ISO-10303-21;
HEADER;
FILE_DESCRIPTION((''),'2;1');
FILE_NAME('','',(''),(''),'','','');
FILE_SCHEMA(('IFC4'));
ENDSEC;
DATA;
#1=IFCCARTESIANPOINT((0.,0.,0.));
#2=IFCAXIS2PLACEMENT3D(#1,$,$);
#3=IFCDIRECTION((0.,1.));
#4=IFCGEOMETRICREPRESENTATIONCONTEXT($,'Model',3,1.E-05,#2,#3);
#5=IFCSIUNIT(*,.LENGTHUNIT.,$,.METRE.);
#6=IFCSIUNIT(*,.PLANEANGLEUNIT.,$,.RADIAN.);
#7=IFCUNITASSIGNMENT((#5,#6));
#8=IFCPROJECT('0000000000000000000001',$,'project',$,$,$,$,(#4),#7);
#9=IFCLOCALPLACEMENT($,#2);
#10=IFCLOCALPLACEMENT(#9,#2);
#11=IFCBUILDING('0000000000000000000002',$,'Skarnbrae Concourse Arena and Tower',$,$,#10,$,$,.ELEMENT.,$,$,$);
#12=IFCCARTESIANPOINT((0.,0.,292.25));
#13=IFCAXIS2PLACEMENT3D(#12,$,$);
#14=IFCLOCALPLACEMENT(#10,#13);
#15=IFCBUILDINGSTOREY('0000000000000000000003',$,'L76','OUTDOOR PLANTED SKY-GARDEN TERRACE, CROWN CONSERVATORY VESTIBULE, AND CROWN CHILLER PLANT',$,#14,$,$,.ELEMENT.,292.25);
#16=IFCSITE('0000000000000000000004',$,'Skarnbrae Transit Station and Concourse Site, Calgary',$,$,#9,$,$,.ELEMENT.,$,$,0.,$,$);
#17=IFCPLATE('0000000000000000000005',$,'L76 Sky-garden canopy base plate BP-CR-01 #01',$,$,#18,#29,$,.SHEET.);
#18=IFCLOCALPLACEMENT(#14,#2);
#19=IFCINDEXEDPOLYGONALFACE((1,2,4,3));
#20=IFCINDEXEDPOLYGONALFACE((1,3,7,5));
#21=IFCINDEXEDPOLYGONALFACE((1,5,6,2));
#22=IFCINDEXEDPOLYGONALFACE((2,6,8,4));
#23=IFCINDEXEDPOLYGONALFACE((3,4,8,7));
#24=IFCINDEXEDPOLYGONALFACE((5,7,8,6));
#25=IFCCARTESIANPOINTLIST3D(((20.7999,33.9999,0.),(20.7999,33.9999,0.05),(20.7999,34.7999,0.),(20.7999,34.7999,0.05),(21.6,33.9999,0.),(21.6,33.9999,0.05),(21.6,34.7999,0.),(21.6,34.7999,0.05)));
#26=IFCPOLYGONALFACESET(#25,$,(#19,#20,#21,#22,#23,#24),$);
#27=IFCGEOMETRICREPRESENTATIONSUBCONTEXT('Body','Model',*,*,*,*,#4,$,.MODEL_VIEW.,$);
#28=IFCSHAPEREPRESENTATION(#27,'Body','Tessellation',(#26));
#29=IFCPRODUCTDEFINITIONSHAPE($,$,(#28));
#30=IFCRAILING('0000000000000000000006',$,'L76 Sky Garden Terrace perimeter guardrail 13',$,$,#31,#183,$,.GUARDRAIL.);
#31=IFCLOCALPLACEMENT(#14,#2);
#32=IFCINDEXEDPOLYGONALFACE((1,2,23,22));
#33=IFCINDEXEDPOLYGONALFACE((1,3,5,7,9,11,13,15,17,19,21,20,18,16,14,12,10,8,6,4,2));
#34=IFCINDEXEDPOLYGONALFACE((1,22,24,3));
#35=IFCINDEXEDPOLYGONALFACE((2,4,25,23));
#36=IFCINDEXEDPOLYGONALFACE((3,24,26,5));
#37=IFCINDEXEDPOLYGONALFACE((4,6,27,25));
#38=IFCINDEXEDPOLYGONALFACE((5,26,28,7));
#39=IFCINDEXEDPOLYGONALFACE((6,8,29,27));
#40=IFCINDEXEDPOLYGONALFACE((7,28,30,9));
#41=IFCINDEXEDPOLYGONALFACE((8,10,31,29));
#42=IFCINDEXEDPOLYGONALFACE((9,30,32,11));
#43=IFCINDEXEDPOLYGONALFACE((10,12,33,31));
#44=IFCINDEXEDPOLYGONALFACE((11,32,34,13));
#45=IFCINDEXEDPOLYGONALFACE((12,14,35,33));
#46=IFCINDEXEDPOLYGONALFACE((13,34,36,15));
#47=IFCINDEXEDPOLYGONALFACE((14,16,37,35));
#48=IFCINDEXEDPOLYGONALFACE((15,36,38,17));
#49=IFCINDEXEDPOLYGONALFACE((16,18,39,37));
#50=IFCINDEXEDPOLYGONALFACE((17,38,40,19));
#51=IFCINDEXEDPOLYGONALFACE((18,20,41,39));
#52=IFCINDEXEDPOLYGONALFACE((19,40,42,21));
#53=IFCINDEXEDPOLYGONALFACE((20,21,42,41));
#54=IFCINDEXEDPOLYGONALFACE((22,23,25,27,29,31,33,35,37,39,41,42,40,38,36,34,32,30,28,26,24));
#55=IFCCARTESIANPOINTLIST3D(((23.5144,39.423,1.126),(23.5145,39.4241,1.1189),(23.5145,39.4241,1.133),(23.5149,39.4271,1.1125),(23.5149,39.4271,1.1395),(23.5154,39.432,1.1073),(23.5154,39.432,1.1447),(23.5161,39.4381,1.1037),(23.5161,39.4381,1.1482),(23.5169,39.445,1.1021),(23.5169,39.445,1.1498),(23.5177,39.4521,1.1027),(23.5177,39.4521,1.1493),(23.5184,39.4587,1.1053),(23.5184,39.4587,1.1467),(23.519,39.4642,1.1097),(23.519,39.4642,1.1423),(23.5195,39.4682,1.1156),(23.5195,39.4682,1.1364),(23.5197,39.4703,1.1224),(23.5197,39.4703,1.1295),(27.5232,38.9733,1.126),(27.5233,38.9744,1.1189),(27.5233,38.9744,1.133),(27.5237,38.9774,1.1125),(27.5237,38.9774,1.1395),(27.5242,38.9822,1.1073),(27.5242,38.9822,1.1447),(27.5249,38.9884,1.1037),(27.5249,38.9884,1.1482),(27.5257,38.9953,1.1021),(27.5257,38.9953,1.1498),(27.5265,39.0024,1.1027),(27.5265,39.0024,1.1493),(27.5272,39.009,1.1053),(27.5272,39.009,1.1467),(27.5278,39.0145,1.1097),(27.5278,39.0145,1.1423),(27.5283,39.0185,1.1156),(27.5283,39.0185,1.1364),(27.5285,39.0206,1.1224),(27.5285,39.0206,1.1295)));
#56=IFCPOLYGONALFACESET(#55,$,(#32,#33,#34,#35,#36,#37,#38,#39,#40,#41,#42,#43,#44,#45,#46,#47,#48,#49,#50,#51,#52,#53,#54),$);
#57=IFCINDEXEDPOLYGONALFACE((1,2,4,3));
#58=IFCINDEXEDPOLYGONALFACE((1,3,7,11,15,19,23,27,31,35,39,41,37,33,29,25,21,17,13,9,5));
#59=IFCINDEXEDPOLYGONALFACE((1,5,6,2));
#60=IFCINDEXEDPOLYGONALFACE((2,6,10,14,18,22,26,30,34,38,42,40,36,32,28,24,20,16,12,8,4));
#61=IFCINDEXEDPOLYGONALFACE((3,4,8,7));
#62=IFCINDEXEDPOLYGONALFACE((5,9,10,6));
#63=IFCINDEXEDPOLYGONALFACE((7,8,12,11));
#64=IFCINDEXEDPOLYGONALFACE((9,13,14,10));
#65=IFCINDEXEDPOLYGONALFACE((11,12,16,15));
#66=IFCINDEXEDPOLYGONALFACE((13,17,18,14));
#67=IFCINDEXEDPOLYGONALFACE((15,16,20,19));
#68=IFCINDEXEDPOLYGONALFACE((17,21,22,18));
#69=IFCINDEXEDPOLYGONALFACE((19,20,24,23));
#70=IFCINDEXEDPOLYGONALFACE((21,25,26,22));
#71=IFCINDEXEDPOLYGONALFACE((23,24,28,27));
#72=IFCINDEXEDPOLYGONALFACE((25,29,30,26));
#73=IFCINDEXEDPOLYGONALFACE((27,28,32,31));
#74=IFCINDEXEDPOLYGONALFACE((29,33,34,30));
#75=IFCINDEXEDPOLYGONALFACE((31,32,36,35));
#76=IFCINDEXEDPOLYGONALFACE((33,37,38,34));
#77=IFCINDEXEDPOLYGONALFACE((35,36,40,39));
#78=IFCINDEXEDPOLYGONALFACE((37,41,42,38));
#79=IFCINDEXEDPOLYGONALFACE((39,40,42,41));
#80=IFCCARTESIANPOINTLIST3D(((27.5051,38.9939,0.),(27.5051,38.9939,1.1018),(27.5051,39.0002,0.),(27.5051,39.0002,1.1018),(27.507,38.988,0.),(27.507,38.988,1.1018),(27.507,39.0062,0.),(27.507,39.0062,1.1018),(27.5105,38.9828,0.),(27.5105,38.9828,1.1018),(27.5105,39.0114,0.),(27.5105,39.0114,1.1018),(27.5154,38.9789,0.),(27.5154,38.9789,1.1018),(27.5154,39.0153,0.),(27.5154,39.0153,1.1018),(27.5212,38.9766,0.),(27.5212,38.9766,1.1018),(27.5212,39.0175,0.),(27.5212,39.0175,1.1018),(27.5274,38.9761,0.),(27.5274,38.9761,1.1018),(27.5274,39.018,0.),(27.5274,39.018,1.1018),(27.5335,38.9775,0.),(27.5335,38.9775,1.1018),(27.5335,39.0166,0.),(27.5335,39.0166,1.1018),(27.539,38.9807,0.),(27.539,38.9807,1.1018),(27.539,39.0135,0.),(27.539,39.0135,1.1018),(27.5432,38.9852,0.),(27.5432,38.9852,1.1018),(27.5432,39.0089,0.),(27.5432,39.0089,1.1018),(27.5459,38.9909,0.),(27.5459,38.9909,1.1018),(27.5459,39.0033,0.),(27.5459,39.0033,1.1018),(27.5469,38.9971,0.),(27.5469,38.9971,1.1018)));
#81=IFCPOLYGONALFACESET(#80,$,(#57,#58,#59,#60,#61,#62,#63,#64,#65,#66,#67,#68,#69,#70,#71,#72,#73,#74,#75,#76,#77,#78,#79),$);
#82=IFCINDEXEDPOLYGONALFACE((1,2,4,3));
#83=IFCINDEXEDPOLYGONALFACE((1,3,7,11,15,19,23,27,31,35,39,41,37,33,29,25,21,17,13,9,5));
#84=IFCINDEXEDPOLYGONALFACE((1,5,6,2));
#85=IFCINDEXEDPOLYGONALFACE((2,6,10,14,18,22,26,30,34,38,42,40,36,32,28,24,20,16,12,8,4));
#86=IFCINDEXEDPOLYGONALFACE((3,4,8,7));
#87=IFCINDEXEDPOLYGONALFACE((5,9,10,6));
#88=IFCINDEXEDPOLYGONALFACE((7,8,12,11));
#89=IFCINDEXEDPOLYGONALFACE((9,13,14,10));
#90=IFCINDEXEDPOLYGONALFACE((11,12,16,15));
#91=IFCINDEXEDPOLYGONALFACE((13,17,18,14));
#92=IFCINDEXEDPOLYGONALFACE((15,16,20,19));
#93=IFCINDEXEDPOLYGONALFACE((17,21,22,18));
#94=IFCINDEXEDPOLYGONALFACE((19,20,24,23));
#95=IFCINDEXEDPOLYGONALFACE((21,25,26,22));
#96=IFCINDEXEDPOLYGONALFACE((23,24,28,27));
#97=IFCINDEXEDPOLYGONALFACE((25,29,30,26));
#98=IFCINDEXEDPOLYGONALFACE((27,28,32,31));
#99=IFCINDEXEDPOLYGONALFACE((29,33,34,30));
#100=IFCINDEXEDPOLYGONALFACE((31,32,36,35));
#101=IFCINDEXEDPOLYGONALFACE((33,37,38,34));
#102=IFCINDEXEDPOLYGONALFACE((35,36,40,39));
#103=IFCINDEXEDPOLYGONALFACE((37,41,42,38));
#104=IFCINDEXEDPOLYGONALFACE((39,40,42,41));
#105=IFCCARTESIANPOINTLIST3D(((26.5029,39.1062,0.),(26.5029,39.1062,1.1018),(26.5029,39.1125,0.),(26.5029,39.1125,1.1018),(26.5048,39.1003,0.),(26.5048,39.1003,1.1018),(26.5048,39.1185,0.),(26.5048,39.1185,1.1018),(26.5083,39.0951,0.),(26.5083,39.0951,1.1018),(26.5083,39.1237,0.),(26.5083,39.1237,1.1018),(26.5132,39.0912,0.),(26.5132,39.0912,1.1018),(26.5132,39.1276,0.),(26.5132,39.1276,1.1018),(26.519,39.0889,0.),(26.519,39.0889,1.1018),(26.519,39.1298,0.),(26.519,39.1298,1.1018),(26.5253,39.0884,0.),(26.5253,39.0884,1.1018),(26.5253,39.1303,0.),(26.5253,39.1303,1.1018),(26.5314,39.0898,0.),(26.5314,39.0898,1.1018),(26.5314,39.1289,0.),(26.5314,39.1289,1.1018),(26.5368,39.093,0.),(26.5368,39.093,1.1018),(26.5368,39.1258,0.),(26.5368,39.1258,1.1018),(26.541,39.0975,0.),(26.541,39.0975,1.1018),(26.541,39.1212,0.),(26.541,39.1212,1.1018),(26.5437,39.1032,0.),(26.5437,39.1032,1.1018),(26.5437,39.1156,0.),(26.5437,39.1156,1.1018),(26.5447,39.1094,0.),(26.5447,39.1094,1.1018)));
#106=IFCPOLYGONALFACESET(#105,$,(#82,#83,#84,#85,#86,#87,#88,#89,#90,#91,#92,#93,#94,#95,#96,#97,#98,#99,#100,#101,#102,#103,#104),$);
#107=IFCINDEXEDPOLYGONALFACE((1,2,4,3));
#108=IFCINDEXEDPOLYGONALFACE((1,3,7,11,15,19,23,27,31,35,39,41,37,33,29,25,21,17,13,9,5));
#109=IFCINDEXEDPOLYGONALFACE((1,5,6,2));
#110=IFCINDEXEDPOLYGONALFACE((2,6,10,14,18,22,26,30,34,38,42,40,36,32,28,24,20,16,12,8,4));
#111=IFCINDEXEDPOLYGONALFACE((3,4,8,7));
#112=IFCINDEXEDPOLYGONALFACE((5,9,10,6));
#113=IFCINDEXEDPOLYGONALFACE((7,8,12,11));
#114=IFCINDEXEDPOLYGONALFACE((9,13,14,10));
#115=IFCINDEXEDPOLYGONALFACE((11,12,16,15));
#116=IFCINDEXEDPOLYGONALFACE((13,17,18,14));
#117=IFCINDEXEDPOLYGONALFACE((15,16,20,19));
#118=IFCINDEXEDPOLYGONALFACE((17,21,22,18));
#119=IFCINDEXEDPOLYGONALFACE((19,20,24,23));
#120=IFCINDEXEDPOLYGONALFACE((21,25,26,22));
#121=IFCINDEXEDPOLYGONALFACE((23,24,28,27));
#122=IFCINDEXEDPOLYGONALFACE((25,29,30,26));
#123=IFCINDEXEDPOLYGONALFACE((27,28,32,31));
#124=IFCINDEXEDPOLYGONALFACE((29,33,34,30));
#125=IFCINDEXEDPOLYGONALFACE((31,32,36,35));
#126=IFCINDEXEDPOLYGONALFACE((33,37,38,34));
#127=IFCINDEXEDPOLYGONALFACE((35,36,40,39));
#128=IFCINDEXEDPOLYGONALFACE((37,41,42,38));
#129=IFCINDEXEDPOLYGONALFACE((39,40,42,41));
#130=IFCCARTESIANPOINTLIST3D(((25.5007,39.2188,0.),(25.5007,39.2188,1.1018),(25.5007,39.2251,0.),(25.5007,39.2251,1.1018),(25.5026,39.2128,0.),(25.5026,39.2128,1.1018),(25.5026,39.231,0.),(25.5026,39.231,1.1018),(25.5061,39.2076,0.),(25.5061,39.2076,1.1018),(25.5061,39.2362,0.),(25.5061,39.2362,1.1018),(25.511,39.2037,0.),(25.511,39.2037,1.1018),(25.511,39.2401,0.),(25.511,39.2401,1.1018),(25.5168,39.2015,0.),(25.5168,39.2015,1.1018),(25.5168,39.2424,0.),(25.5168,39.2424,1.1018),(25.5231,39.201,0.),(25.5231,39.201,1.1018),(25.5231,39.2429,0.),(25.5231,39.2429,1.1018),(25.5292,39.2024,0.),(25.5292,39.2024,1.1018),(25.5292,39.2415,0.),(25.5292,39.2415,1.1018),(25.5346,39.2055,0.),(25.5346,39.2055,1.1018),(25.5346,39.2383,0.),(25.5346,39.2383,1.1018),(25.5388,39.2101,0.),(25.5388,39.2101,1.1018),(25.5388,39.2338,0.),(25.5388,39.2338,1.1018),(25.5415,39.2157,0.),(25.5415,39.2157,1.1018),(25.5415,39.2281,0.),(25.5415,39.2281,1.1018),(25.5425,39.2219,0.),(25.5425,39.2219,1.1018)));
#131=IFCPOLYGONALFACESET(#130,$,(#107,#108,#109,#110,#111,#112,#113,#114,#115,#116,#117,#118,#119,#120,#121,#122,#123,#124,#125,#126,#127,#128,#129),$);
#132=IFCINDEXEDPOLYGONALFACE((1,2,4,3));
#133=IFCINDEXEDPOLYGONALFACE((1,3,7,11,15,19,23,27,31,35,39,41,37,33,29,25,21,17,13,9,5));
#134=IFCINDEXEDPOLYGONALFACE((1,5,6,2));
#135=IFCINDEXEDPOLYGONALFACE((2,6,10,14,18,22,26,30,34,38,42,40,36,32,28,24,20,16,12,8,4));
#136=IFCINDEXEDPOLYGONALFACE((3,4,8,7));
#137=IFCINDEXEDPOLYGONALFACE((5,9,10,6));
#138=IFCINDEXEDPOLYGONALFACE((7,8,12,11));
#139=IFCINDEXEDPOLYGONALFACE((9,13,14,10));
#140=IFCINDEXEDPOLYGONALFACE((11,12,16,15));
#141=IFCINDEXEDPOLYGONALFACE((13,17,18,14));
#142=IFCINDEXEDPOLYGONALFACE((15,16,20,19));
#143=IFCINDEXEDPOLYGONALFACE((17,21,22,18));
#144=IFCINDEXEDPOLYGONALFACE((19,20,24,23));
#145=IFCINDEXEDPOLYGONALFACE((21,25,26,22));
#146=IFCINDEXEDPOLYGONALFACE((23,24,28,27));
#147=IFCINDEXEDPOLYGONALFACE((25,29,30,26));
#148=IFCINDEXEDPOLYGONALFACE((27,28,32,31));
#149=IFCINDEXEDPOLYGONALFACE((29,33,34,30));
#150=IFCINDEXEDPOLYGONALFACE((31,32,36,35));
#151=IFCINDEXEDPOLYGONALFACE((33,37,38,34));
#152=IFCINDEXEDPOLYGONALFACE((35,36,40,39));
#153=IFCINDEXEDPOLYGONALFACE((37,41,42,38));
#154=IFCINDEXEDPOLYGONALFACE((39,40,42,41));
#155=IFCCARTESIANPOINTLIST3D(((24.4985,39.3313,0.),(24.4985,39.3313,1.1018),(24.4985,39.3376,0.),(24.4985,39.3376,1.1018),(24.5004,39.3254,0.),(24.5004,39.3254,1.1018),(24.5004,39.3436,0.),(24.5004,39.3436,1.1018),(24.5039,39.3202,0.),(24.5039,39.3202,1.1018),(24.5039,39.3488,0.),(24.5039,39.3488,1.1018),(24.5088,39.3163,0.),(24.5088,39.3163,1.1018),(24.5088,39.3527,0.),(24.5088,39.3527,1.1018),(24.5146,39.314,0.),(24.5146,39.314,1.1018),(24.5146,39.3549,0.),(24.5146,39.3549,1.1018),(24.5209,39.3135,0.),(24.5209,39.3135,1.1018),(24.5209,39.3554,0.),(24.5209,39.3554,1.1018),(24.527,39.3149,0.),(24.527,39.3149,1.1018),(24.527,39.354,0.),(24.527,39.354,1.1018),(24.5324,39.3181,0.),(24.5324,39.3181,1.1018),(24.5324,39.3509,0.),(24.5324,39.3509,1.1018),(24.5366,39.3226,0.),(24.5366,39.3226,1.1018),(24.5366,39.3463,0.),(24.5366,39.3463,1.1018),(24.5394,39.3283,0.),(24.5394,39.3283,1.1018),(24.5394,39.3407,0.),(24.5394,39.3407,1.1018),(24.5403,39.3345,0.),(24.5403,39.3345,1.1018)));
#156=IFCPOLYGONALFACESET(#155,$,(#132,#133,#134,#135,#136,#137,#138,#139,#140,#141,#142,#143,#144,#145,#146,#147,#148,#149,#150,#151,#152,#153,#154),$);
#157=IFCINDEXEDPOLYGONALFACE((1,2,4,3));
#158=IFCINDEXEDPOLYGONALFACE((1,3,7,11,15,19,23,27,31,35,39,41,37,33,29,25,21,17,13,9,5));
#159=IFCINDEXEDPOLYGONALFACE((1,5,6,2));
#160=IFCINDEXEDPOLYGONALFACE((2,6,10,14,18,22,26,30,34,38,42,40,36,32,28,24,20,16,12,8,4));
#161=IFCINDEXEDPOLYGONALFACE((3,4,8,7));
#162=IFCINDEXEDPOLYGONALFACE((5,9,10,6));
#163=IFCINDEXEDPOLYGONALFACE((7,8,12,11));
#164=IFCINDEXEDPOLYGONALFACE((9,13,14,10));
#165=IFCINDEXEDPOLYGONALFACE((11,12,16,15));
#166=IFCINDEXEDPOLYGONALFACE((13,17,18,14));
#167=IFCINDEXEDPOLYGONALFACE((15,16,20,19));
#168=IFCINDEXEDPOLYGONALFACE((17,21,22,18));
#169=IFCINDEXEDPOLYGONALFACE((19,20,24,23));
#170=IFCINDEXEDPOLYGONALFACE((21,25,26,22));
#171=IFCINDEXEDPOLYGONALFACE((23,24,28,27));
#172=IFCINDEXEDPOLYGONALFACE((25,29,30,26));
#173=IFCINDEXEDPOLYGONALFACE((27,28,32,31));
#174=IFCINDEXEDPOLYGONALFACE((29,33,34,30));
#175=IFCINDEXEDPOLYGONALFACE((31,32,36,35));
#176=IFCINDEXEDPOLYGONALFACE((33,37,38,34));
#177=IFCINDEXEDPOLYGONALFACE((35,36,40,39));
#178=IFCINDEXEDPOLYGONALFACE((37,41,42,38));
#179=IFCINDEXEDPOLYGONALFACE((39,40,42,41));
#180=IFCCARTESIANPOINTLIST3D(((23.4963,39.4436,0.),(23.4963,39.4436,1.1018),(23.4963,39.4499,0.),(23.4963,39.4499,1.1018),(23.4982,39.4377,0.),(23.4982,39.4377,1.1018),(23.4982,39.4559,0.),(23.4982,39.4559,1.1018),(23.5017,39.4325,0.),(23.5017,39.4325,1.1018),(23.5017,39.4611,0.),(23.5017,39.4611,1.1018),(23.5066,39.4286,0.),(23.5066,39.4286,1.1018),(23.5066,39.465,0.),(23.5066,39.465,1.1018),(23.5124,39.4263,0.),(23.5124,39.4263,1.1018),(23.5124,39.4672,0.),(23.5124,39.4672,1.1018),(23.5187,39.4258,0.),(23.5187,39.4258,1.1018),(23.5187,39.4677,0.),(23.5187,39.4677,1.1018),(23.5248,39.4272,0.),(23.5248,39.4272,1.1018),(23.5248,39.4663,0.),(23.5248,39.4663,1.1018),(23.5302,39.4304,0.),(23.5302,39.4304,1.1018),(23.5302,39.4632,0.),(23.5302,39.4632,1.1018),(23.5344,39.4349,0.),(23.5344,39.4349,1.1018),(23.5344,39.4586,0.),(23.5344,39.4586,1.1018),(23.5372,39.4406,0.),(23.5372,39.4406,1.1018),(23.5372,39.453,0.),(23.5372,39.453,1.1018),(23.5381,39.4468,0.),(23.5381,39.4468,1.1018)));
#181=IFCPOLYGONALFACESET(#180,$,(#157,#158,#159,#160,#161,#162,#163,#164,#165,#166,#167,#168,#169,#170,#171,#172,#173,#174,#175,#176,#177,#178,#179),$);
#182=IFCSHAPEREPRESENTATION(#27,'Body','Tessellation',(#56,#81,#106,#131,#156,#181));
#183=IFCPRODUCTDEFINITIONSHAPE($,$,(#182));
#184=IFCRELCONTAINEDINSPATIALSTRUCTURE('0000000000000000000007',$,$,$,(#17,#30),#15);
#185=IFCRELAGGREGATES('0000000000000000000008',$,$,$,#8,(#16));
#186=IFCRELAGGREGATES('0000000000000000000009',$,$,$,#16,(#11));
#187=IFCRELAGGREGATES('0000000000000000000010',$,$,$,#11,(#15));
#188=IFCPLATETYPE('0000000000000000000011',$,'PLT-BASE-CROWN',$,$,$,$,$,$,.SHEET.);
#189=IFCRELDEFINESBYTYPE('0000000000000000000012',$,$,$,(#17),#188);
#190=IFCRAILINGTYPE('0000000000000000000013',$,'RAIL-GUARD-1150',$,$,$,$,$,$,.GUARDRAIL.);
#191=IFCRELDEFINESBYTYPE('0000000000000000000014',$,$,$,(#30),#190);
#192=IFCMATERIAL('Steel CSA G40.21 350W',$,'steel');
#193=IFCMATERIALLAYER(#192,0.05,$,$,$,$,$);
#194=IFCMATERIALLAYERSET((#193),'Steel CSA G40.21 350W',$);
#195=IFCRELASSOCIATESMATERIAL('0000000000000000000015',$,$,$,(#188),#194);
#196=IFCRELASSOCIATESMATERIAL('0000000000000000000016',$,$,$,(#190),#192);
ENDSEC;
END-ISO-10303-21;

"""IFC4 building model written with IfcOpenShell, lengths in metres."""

from ifc_helpers import new_model, si_unit, direction, frame, origin, origin_2d, place, context, subcontext, project, spatial, rectangle, circle, extrude, source, transform, mapped, material, layer, layer_set, type_object, element, save


model = new_model("IFC4")

# Units and contexts
model_context = context("Model", 3, precision=1e-05, world=origin(), true_north=direction((0.0, 1.0)))
body_context = subcontext(model_context, "Body", "Model", "MODEL_VIEW")
ifc_project = project(units=[si_unit("LENGTHUNIT", "METRE"), si_unit("PLANEANGLEUNIT", "RADIAN")], contexts=[model_context])

# Site, building, storey
site_placement = place(None, origin())
site = spatial("IfcSite", under=ifc_project, at=site_placement, Name="Skarnbrae Transit Station and Concourse Site, Calgary", CompositionType="ELEMENT", RefElevation=0.0)
building_placement = place(site_placement, origin())
building = spatial("IfcBuilding", under=site, at=building_placement, Name="Skarnbrae Concourse Arena and Tower", CompositionType="ELEMENT")
storey_placement = place(building_placement, frame((0.0, 0.0, 292.25)))
storey = spatial("IfcBuildingStorey", under=building, at=storey_placement, Name="L76", Description="OUTDOOR PLANTED SKY-GARDEN TERRACE, CROWN CONSERVATORY VESTIBULE, AND CROWN CHILLER PLANT", CompositionType="ELEMENT", Elevation=292.25)

# Shared definitions
ifc_material_1 = material(Name="Steel CSA G40.21 350W", Category="steel")

# Plate
ifc_layer_1 = layer(ifc_material_1, 0.05)
ifc_layer_set_1 = layer_set([ifc_layer_1], Name="Steel CSA G40.21 350W")
plate_type_1 = type_object("IfcPlateType", Name="PLT-BASE-CROWN", PredefinedType="SHEET", material=ifc_layer_set_1)
shared_shape_1 = source(origin(), body_context, "Body", "SweptSolid", [
    extrude(rectangle(XDim=0.8, YDim=0.8, at=origin_2d()), origin(), (0.0, 0.0, 1.0), 0.05),
])
plate_placement = place(storey_placement, frame((21.2, 34.3999, 0.0), z_axis=(0.0, 0.0, 1.0), x_axis=(1.0, 0.0, 0.0)))
element("IfcPlate", 1, at=plate_placement, inside=storey, type_object=plate_type_1, Name="L76 Sky-garden canopy base plate BP-CR-01 #01", PredefinedType="SHEET", context=body_context, shape_type="MappedRepresentation", body=[
    mapped(shared_shape_1, transform((0.0, 0.0, 0.0))),
])

# Railing
railing_type = type_object("IfcRailingType", Name="RAIL-GUARD-1150", PredefinedType="GUARDRAIL", material=ifc_material_1)
railing_1_placement = place(storey_placement, frame((27.5259, 38.9971, 0.0)))
element("IfcRailing", 2, at=railing_1_placement, inside=storey, type_object=railing_type, Name="L76 Sky Garden Terrace perimeter guardrail 13", PredefinedType="GUARDRAIL", context=body_context, shape_type="SweptSolid", body=[
    extrude(circle(Radius=0.0239, at=origin_2d()), frame((0.0, 0.0, 1.126), z_axis=(-0.993767, 0.111481, 0.0), x_axis=(-0.111481, -0.993767, 0.0)), (0.0, 0.0, 1.0), 4.0339),
    extrude(circle(Radius=0.021, at=origin_2d()), origin(), (0.0, 0.0, 1.0), 1.1018),
    extrude(circle(Radius=0.021, at=origin_2d()), frame((-1.0022, 0.1123, 0.0)), (0.0, 0.0, 1.0), 1.1018),
    extrude(circle(Radius=0.021, at=origin_2d()), frame((-2.0044, 0.2249, 0.0)), (0.0, 0.0, 1.0), 1.1018),
    extrude(circle(Radius=0.021, at=origin_2d()), frame((-3.0066, 0.3374, 0.0)), (0.0, 0.0, 1.0), 1.1018),
    extrude(circle(Radius=0.021, at=origin_2d()), frame((-4.0088, 0.4497, 0.0)), (0.0, 0.0, 1.0), 1.1018),
])

save(model, "model.ifc")
